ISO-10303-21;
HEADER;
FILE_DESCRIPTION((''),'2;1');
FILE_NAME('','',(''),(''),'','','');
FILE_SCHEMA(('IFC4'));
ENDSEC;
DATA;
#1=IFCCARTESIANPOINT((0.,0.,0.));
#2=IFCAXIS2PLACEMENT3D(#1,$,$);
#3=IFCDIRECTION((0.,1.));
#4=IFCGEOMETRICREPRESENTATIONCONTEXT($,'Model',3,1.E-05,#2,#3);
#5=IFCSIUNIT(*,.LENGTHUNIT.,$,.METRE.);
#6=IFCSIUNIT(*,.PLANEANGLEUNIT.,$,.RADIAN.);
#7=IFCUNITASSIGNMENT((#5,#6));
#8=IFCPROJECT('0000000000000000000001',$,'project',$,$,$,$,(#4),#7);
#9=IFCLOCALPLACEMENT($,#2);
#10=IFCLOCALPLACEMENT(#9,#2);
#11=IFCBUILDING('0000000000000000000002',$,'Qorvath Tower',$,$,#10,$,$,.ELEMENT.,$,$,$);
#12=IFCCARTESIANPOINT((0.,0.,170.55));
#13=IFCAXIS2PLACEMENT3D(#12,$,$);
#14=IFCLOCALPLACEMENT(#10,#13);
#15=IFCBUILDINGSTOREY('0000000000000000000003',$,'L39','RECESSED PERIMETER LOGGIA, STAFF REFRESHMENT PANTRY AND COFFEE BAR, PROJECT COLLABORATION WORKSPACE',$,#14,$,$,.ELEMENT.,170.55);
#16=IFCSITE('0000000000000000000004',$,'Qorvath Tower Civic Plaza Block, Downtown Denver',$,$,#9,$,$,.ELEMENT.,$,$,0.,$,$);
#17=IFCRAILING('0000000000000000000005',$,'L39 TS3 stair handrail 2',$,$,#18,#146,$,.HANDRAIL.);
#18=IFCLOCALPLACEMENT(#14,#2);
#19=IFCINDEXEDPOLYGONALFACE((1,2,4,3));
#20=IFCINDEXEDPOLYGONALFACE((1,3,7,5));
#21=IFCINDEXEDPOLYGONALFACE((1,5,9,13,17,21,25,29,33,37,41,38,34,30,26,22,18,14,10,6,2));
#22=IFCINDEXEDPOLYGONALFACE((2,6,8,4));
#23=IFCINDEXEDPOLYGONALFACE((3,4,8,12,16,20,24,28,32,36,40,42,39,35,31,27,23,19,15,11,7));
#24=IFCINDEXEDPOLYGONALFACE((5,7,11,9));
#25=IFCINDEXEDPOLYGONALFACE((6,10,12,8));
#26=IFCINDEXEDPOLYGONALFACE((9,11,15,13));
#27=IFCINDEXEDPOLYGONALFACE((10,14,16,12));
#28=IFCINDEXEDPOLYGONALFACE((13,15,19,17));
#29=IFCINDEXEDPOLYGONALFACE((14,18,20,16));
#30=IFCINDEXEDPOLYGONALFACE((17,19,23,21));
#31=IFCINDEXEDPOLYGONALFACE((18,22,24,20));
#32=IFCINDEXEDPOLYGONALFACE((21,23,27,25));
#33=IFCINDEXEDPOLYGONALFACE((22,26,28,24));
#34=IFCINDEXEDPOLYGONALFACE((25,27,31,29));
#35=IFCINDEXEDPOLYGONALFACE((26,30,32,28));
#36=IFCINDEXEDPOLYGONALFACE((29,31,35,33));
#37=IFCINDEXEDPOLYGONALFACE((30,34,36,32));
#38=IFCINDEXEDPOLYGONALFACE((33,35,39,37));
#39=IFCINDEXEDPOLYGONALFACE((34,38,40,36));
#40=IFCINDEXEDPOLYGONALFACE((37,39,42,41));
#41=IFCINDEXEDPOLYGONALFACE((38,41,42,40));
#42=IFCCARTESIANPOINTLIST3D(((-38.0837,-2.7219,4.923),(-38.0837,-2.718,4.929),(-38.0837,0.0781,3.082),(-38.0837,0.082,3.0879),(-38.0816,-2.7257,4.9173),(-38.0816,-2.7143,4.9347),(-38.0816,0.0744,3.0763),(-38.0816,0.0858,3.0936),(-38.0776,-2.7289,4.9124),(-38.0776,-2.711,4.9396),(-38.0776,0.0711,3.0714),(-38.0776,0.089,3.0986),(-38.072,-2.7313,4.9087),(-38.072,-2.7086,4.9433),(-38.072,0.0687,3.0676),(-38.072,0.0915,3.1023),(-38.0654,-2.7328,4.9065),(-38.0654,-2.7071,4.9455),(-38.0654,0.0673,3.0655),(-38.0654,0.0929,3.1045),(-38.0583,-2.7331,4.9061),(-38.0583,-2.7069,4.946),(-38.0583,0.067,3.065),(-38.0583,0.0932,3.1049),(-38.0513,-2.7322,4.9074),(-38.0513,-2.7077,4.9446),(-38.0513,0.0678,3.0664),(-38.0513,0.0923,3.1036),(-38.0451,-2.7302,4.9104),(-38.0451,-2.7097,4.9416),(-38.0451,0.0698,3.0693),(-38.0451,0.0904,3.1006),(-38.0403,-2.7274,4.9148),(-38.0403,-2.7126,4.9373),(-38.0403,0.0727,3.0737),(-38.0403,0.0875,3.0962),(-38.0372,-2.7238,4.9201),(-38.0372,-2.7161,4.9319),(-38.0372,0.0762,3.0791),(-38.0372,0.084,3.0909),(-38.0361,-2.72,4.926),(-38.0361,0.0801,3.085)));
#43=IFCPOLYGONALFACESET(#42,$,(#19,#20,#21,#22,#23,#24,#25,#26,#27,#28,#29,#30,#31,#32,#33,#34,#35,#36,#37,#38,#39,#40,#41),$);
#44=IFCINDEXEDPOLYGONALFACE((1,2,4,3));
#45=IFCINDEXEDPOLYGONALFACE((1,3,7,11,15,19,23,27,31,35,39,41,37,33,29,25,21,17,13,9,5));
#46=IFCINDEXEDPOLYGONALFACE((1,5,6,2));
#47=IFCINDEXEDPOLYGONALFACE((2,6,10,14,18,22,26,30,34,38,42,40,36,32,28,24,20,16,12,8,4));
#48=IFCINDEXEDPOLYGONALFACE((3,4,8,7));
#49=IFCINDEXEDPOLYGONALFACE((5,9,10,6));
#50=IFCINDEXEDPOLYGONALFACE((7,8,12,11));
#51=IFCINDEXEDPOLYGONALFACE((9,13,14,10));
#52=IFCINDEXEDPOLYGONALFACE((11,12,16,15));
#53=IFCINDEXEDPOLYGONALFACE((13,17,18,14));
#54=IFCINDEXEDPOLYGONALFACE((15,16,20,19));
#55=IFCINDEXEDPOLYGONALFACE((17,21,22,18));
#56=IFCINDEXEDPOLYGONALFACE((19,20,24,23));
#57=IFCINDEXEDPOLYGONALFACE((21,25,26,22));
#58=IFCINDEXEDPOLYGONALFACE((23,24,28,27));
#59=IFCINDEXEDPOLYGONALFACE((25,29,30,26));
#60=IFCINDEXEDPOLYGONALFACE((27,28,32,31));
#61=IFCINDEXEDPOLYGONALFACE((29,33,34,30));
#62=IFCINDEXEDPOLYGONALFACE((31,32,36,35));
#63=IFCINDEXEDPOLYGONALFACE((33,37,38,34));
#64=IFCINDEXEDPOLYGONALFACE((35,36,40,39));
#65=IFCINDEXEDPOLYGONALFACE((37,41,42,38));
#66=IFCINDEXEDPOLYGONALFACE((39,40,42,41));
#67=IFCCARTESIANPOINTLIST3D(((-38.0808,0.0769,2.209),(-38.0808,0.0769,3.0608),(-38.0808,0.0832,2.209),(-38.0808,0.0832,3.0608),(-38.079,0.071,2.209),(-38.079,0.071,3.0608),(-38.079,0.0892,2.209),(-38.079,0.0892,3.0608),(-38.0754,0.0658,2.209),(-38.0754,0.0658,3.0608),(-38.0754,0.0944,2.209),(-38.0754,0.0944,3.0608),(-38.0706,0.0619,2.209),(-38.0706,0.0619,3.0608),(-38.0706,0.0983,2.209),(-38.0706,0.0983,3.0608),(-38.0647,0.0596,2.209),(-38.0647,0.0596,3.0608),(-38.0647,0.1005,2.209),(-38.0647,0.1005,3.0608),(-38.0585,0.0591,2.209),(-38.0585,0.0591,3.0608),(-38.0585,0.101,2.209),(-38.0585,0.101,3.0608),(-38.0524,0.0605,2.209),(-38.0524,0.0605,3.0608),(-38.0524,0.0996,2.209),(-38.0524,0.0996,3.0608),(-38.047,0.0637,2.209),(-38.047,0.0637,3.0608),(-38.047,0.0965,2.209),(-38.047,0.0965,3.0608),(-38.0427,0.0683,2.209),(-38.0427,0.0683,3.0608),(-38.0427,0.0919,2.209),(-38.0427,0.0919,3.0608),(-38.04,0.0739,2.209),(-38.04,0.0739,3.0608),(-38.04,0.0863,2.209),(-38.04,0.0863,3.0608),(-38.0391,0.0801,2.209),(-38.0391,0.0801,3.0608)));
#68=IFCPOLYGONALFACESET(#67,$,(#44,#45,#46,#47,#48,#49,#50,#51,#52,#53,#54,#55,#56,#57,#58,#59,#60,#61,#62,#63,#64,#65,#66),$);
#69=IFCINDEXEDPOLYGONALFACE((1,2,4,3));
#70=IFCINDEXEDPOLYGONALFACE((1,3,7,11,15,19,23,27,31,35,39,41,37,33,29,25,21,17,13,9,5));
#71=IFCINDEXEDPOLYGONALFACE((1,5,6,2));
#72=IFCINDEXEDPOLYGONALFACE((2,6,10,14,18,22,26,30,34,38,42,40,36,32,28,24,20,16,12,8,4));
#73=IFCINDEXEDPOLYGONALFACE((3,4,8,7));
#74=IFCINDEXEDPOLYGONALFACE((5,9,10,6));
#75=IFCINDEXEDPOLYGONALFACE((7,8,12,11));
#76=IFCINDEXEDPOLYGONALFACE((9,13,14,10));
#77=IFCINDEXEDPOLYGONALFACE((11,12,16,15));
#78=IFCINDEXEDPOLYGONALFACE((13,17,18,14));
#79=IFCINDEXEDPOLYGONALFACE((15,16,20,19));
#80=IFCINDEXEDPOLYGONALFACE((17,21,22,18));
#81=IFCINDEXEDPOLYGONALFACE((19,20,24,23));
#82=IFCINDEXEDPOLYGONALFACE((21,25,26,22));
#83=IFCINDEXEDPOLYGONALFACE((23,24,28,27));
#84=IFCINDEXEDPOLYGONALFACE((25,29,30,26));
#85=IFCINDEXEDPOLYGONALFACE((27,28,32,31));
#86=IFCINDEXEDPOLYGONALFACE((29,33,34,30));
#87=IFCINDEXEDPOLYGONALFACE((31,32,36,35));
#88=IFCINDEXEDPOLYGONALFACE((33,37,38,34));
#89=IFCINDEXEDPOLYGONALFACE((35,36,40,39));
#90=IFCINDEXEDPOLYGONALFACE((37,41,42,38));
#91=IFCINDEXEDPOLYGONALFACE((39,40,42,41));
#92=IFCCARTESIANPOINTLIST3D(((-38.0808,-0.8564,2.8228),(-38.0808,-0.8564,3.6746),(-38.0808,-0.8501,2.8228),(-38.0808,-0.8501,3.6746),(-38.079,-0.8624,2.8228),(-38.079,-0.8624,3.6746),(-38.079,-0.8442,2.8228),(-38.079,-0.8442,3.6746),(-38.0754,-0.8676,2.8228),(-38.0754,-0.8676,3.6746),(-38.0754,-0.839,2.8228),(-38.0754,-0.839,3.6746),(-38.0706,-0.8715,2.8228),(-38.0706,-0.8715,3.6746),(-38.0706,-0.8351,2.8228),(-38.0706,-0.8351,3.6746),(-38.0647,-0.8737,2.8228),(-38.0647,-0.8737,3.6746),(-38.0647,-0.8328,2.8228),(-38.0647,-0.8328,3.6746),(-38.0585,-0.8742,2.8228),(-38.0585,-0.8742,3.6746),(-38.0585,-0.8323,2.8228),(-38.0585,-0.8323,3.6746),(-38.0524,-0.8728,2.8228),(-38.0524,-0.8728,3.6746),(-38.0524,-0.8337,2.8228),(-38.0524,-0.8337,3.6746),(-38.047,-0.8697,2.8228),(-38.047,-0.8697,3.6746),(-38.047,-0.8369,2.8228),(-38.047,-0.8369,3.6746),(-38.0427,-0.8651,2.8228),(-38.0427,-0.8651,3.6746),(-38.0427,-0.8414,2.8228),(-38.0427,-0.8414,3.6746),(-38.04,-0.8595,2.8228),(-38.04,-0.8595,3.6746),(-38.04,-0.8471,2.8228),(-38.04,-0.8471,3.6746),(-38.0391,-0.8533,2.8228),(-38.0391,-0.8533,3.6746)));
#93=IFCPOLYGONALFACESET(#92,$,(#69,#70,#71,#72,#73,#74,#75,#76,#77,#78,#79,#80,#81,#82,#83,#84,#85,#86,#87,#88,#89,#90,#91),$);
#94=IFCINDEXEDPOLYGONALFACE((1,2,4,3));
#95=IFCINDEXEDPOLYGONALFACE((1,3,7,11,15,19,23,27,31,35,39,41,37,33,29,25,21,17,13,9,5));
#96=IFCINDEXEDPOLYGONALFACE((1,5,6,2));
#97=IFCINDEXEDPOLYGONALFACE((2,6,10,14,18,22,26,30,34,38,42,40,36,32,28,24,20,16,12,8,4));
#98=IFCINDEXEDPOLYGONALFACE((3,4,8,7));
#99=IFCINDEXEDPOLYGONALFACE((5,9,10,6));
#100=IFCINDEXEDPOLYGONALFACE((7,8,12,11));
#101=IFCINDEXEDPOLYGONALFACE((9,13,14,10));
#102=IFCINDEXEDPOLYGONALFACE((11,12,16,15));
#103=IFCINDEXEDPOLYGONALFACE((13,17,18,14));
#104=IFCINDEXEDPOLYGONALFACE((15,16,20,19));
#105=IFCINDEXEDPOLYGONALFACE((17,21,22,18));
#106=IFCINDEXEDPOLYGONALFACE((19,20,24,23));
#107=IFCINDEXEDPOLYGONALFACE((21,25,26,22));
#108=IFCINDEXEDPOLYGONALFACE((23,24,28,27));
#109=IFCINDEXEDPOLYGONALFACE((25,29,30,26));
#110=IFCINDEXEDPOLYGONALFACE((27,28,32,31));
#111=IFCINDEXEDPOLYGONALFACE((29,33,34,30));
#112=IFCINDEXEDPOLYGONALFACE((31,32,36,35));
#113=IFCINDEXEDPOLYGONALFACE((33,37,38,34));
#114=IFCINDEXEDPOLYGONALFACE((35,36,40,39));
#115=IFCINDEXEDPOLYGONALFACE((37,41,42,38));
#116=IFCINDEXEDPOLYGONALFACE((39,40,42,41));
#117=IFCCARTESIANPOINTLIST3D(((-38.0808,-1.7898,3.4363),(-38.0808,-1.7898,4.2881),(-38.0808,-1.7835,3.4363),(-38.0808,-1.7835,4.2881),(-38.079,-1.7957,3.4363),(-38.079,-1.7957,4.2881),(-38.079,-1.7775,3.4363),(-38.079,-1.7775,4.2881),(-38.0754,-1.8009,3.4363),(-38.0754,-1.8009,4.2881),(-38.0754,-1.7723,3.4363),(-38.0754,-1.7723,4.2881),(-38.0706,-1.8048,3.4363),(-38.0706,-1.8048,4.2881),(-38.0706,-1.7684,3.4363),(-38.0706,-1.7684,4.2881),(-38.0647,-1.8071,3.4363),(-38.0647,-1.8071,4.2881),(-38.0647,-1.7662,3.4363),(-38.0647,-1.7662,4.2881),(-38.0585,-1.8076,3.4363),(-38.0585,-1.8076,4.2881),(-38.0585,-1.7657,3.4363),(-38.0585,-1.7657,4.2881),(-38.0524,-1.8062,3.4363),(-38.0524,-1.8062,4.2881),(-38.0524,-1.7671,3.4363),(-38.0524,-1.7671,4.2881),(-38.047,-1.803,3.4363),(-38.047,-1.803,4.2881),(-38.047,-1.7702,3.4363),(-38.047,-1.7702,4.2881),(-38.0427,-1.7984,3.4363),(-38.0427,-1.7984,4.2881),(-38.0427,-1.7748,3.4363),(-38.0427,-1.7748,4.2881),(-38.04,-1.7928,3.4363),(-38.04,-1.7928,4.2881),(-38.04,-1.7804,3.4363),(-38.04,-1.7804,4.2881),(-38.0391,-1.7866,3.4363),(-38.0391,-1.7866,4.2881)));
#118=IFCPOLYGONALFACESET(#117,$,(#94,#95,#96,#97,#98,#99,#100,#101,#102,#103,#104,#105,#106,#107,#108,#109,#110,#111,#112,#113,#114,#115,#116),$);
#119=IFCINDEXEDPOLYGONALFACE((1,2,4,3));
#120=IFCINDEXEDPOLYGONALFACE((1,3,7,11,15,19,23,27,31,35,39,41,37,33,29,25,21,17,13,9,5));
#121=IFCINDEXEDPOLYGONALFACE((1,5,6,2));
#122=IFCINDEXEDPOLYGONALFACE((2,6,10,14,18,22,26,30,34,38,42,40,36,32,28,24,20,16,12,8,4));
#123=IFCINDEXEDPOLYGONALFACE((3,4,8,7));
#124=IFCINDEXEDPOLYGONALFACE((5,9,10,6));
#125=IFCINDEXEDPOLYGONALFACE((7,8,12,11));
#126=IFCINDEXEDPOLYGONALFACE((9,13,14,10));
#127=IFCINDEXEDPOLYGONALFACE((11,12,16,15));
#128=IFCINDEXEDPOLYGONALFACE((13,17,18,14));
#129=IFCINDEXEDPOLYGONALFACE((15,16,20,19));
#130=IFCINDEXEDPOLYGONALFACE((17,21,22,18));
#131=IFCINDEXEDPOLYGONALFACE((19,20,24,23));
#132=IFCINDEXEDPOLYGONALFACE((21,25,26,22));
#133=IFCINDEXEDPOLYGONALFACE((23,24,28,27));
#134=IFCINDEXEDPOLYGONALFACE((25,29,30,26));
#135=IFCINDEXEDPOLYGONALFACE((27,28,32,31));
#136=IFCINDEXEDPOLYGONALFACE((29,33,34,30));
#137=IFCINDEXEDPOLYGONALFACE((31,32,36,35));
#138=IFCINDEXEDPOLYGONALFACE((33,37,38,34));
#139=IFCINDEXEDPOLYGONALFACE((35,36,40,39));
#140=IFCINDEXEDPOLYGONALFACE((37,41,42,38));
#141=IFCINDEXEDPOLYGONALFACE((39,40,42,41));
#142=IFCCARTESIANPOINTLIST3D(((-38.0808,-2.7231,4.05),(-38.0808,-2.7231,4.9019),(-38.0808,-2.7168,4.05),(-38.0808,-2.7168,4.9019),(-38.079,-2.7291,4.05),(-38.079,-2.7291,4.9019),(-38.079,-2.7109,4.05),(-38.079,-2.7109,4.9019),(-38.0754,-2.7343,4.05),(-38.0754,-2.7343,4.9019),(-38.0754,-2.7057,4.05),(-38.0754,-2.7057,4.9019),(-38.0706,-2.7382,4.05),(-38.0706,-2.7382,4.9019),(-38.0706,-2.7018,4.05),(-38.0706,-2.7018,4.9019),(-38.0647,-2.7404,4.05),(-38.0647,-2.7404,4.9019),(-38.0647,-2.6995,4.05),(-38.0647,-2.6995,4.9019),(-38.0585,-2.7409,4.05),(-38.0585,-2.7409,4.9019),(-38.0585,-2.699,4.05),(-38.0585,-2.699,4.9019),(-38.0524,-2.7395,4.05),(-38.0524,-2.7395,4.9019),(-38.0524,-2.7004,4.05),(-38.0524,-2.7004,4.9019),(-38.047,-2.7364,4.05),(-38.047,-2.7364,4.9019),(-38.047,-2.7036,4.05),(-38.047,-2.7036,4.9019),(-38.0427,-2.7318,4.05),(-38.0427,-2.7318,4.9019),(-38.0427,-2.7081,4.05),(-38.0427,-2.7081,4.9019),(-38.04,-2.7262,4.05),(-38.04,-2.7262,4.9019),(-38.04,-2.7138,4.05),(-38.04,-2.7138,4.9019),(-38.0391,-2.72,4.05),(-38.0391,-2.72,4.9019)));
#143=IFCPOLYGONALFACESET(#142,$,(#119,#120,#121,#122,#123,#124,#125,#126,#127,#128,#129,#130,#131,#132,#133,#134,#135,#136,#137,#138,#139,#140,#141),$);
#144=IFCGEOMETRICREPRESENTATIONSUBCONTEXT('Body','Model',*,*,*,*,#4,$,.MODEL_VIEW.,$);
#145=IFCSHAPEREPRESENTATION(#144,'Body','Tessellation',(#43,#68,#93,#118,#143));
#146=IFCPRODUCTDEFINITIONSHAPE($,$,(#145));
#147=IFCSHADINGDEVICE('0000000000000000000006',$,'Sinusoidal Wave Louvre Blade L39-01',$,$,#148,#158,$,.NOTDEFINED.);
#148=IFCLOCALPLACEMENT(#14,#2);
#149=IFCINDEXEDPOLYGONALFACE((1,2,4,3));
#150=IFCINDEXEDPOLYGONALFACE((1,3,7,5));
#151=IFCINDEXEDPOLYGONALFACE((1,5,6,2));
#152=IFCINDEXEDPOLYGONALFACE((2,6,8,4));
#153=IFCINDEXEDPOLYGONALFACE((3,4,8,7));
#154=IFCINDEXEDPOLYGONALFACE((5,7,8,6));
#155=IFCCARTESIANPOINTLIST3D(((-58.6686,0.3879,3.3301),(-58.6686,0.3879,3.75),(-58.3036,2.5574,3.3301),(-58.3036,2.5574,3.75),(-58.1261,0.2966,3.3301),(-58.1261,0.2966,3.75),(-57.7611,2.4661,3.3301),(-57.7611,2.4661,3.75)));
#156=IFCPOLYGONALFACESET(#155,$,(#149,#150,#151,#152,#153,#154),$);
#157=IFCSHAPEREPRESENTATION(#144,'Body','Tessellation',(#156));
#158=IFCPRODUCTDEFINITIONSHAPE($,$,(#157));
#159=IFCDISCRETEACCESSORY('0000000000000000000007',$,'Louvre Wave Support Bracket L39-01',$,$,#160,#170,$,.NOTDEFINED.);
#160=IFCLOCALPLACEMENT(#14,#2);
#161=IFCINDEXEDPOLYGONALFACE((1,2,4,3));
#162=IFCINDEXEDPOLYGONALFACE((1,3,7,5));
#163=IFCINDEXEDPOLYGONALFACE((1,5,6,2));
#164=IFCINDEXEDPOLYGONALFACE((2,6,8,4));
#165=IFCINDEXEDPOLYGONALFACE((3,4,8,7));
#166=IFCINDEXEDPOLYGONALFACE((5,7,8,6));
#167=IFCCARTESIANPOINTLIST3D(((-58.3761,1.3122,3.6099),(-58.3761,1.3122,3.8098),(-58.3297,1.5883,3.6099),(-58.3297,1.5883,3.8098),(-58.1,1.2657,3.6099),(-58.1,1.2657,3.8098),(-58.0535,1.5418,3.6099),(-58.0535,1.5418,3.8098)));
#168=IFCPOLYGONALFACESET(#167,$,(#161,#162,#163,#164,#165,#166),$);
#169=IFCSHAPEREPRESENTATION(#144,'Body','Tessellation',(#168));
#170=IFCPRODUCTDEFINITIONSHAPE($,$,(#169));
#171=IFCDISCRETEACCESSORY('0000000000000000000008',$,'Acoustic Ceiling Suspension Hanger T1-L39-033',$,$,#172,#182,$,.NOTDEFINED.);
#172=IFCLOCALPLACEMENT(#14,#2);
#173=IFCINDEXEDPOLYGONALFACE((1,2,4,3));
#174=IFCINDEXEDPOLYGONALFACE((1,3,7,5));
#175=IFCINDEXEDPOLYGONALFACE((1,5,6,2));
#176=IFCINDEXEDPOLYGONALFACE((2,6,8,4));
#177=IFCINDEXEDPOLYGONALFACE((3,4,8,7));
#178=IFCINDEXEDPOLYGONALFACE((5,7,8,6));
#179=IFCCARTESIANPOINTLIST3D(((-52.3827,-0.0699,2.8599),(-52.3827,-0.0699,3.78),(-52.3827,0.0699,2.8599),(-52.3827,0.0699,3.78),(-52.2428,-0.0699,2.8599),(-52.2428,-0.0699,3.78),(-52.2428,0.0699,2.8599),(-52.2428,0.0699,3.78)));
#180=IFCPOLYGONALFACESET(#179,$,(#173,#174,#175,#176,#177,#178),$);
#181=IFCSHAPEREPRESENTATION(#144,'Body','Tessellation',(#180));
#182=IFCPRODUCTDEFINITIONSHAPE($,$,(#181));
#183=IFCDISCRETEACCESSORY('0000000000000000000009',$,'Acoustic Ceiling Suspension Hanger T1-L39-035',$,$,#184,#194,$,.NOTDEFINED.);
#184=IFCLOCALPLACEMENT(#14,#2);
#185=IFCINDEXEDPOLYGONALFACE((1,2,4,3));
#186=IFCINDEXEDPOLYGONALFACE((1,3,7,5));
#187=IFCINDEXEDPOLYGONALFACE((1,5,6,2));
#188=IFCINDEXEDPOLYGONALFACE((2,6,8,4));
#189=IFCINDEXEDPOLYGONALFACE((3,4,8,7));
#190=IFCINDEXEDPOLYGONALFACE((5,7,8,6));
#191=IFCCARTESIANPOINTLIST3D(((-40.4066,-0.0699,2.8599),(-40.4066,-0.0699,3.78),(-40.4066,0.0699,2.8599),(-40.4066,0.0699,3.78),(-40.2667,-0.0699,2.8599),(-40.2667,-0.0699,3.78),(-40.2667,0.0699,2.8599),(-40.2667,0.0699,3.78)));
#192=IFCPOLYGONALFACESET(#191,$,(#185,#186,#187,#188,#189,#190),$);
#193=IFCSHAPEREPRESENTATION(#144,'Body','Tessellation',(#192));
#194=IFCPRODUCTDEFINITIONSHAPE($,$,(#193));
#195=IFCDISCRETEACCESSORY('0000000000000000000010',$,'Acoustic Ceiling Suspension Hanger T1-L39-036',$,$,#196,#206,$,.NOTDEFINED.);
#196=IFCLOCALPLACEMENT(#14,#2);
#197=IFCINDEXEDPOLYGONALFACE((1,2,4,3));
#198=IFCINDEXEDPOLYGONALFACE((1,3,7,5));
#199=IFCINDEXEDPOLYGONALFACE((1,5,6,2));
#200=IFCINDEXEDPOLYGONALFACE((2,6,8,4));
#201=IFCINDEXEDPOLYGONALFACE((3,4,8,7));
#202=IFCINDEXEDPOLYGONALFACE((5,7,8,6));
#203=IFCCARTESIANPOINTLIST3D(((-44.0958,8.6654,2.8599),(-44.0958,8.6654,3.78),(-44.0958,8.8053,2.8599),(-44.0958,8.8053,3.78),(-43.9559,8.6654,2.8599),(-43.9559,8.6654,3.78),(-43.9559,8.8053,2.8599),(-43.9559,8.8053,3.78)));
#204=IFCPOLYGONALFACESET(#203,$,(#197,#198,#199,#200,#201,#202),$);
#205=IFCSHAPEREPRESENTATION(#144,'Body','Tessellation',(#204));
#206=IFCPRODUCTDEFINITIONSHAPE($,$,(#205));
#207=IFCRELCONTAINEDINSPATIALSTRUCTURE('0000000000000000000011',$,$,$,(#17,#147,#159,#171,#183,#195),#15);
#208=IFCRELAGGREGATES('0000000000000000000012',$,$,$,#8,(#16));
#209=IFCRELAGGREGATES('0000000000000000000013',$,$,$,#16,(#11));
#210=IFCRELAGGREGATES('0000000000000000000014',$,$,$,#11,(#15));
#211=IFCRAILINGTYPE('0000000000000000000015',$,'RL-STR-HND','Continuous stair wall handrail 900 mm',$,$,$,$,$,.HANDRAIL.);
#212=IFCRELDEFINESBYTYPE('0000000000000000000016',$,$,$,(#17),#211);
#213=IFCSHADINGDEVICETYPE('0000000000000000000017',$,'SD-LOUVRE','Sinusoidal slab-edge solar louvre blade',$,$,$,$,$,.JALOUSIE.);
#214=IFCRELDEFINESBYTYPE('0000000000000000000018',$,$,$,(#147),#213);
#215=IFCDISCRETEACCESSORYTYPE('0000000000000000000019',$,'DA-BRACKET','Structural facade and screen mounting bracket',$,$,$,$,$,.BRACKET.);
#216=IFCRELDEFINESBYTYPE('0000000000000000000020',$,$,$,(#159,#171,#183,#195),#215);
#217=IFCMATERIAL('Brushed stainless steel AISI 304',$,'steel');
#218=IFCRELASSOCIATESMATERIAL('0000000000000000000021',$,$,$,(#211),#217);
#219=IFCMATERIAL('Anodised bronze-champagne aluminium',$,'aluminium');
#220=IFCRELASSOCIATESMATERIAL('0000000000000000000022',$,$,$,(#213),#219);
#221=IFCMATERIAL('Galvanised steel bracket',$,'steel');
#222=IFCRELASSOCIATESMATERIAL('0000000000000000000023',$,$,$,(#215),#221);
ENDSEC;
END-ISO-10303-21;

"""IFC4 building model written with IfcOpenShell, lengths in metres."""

from ifc_helpers import new_model, si_unit, direction, frame, origin, origin_2d, place, context, subcontext, project, spatial, rectangle, circle, extrude, material, type_object, element, save


model = new_model("IFC4")

# Units and contexts
model_context = context("Model", 3, precision=1e-05, world=origin(), true_north=direction((0.0, 1.0)))
body_context = subcontext(model_context, "Body", "Model", "MODEL_VIEW")
ifc_project = project(units=[si_unit("LENGTHUNIT", "METRE"), si_unit("PLANEANGLEUNIT", "RADIAN")], contexts=[model_context])

# Site, building, storey
site_placement = place(None, origin())
site = spatial("IfcSite", under=ifc_project, at=site_placement, Name="Qorvath Tower Civic Plaza Block, Downtown Denver", CompositionType="ELEMENT", RefElevation=0.0)
building_placement = place(site_placement, origin())
building = spatial("IfcBuilding", under=site, at=building_placement, Name="Qorvath Tower", CompositionType="ELEMENT")
storey_placement = place(building_placement, frame((0.0, 0.0, 170.55)))
storey = spatial("IfcBuildingStorey", under=building, at=storey_placement, Name="L39", Description="RECESSED PERIMETER LOGGIA, STAFF REFRESHMENT PANTRY AND COFFEE BAR, PROJECT COLLABORATION WORKSPACE", CompositionType="ELEMENT", Elevation=170.55)

# Railing
ifc_material_1 = material(Name="Brushed stainless steel AISI 304", Category="steel")
railing_type = type_object("IfcRailingType", Name="RL-STR-HND", Description="Continuous stair wall handrail 900 mm", PredefinedType="HANDRAIL", material=ifc_material_1)
railing_placement = place(storey_placement, frame((-38.0601, 0.0801, 2.209)))
element("IfcRailing", 1, at=railing_placement, inside=storey, type_object=railing_type, Name="L39 TS3 stair handrail 2", PredefinedType="HANDRAIL", context=body_context, shape_type="SweptSolid", body=[
    extrude(circle(Radius=0.0239, at=origin_2d()), frame((0.0, 0.0, 0.876), z_axis=(0.0, -0.835564, 0.549393), x_axis=(1.0, 0.0, 0.0)), (0.0, 0.0, 1.0), 3.3511),
    extrude(circle(Radius=0.021, at=origin_2d()), origin(), (0.0, 0.0, 1.0), 0.8518),
    extrude(circle(Radius=0.021, at=origin_2d()), frame((0.0, -0.9333, 0.6138)), (0.0, 0.0, 1.0), 0.8518),
    extrude(circle(Radius=0.021, at=origin_2d()), frame((0.0, -1.8667, 1.2273)), (0.0, 0.0, 1.0), 0.8518),
    extrude(circle(Radius=0.021, at=origin_2d()), frame((0.0, -2.8, 1.8411)), (0.0, 0.0, 1.0), 0.8518),
])

# Shading device
ifc_material_2 = material(Name="Anodised bronze-champagne aluminium", Category="aluminium")
shading_device_type = type_object("IfcShadingDeviceType", Name="SD-LOUVRE", Description="Sinusoidal slab-edge solar louvre blade", PredefinedType="JALOUSIE", material=ifc_material_2)
shading_device_placement = place(storey_placement, frame((-58.2148, 1.427, 3.3301), z_axis=(0.0, 0.0, 1.0), x_axis=(-0.165913, -0.98614, 0.0)))
element("IfcShadingDevice", 2, at=shading_device_placement, inside=storey, type_object=shading_device_type, Name="Sinusoidal Wave Louvre Blade L39-01", PredefinedType="NOTDEFINED", context=body_context, shape_type="SweptSolid", body=[
    extrude(rectangle(XDim=2.2, YDim=0.55, at=origin_2d()), origin(), (0.0, 0.0, 1.0), 0.4199),
])

# Discrete accessories
ifc_material_3 = material(Name="Galvanised steel bracket", Category="steel")
discrete_accessory_type = type_object("IfcDiscreteAccessoryType", Name="DA-BRACKET", Description="Structural facade and screen mounting bracket", PredefinedType="BRACKET", material=ifc_material_3)
discrete_accessory_placement = place(storey_placement, frame((-58.2148, 1.427, 3.6099), z_axis=(0.0, 0.0, 1.0), x_axis=(-0.165913, -0.98614, 0.0)))
element("IfcDiscreteAccessory", 3, at=discrete_accessory_placement, inside=storey, type_object=discrete_accessory_type, Name="Louvre Wave Support Bracket L39-01", PredefinedType="NOTDEFINED", context=body_context, shape_type="SweptSolid", body=[
    extrude(rectangle(XDim=0.28, YDim=0.28, at=origin_2d()), origin(), (0.0, 0.0, 1.0), 0.2),
])
for number, where, z_axis, x_axis, name in (
    (4, (-52.3127, 0.0, 2.8599), (0.0, 0.0, 1.0), (1.0, 0.0, 0.0), "Acoustic Ceiling Suspension Hanger T1-L39-033"),
    (5, (-40.3367, 0.0, 2.8599), (0.0, 0.0, 1.0), (1.0, 0.0, 0.0), "Acoustic Ceiling Suspension Hanger T1-L39-035"),
    (6, (-44.0259, 8.7354, 2.8599), (0.0, 0.0, 1.0), (1.0, 0.0, 0.0), "Acoustic Ceiling Suspension Hanger T1-L39-036"),
):
    element("IfcDiscreteAccessory", number, at=place(storey_placement, frame(where, z_axis=z_axis, x_axis=x_axis)), inside=storey, type_object=discrete_accessory_type, Name=name, PredefinedType="NOTDEFINED", context=body_context, shape_type="SweptSolid", body=[
        extrude(rectangle(XDim=0.1399, YDim=0.1399, at=origin_2d()), origin(), (0.0, 0.0, 1.0), 0.9202),
    ])

save(model, "model.ifc")
